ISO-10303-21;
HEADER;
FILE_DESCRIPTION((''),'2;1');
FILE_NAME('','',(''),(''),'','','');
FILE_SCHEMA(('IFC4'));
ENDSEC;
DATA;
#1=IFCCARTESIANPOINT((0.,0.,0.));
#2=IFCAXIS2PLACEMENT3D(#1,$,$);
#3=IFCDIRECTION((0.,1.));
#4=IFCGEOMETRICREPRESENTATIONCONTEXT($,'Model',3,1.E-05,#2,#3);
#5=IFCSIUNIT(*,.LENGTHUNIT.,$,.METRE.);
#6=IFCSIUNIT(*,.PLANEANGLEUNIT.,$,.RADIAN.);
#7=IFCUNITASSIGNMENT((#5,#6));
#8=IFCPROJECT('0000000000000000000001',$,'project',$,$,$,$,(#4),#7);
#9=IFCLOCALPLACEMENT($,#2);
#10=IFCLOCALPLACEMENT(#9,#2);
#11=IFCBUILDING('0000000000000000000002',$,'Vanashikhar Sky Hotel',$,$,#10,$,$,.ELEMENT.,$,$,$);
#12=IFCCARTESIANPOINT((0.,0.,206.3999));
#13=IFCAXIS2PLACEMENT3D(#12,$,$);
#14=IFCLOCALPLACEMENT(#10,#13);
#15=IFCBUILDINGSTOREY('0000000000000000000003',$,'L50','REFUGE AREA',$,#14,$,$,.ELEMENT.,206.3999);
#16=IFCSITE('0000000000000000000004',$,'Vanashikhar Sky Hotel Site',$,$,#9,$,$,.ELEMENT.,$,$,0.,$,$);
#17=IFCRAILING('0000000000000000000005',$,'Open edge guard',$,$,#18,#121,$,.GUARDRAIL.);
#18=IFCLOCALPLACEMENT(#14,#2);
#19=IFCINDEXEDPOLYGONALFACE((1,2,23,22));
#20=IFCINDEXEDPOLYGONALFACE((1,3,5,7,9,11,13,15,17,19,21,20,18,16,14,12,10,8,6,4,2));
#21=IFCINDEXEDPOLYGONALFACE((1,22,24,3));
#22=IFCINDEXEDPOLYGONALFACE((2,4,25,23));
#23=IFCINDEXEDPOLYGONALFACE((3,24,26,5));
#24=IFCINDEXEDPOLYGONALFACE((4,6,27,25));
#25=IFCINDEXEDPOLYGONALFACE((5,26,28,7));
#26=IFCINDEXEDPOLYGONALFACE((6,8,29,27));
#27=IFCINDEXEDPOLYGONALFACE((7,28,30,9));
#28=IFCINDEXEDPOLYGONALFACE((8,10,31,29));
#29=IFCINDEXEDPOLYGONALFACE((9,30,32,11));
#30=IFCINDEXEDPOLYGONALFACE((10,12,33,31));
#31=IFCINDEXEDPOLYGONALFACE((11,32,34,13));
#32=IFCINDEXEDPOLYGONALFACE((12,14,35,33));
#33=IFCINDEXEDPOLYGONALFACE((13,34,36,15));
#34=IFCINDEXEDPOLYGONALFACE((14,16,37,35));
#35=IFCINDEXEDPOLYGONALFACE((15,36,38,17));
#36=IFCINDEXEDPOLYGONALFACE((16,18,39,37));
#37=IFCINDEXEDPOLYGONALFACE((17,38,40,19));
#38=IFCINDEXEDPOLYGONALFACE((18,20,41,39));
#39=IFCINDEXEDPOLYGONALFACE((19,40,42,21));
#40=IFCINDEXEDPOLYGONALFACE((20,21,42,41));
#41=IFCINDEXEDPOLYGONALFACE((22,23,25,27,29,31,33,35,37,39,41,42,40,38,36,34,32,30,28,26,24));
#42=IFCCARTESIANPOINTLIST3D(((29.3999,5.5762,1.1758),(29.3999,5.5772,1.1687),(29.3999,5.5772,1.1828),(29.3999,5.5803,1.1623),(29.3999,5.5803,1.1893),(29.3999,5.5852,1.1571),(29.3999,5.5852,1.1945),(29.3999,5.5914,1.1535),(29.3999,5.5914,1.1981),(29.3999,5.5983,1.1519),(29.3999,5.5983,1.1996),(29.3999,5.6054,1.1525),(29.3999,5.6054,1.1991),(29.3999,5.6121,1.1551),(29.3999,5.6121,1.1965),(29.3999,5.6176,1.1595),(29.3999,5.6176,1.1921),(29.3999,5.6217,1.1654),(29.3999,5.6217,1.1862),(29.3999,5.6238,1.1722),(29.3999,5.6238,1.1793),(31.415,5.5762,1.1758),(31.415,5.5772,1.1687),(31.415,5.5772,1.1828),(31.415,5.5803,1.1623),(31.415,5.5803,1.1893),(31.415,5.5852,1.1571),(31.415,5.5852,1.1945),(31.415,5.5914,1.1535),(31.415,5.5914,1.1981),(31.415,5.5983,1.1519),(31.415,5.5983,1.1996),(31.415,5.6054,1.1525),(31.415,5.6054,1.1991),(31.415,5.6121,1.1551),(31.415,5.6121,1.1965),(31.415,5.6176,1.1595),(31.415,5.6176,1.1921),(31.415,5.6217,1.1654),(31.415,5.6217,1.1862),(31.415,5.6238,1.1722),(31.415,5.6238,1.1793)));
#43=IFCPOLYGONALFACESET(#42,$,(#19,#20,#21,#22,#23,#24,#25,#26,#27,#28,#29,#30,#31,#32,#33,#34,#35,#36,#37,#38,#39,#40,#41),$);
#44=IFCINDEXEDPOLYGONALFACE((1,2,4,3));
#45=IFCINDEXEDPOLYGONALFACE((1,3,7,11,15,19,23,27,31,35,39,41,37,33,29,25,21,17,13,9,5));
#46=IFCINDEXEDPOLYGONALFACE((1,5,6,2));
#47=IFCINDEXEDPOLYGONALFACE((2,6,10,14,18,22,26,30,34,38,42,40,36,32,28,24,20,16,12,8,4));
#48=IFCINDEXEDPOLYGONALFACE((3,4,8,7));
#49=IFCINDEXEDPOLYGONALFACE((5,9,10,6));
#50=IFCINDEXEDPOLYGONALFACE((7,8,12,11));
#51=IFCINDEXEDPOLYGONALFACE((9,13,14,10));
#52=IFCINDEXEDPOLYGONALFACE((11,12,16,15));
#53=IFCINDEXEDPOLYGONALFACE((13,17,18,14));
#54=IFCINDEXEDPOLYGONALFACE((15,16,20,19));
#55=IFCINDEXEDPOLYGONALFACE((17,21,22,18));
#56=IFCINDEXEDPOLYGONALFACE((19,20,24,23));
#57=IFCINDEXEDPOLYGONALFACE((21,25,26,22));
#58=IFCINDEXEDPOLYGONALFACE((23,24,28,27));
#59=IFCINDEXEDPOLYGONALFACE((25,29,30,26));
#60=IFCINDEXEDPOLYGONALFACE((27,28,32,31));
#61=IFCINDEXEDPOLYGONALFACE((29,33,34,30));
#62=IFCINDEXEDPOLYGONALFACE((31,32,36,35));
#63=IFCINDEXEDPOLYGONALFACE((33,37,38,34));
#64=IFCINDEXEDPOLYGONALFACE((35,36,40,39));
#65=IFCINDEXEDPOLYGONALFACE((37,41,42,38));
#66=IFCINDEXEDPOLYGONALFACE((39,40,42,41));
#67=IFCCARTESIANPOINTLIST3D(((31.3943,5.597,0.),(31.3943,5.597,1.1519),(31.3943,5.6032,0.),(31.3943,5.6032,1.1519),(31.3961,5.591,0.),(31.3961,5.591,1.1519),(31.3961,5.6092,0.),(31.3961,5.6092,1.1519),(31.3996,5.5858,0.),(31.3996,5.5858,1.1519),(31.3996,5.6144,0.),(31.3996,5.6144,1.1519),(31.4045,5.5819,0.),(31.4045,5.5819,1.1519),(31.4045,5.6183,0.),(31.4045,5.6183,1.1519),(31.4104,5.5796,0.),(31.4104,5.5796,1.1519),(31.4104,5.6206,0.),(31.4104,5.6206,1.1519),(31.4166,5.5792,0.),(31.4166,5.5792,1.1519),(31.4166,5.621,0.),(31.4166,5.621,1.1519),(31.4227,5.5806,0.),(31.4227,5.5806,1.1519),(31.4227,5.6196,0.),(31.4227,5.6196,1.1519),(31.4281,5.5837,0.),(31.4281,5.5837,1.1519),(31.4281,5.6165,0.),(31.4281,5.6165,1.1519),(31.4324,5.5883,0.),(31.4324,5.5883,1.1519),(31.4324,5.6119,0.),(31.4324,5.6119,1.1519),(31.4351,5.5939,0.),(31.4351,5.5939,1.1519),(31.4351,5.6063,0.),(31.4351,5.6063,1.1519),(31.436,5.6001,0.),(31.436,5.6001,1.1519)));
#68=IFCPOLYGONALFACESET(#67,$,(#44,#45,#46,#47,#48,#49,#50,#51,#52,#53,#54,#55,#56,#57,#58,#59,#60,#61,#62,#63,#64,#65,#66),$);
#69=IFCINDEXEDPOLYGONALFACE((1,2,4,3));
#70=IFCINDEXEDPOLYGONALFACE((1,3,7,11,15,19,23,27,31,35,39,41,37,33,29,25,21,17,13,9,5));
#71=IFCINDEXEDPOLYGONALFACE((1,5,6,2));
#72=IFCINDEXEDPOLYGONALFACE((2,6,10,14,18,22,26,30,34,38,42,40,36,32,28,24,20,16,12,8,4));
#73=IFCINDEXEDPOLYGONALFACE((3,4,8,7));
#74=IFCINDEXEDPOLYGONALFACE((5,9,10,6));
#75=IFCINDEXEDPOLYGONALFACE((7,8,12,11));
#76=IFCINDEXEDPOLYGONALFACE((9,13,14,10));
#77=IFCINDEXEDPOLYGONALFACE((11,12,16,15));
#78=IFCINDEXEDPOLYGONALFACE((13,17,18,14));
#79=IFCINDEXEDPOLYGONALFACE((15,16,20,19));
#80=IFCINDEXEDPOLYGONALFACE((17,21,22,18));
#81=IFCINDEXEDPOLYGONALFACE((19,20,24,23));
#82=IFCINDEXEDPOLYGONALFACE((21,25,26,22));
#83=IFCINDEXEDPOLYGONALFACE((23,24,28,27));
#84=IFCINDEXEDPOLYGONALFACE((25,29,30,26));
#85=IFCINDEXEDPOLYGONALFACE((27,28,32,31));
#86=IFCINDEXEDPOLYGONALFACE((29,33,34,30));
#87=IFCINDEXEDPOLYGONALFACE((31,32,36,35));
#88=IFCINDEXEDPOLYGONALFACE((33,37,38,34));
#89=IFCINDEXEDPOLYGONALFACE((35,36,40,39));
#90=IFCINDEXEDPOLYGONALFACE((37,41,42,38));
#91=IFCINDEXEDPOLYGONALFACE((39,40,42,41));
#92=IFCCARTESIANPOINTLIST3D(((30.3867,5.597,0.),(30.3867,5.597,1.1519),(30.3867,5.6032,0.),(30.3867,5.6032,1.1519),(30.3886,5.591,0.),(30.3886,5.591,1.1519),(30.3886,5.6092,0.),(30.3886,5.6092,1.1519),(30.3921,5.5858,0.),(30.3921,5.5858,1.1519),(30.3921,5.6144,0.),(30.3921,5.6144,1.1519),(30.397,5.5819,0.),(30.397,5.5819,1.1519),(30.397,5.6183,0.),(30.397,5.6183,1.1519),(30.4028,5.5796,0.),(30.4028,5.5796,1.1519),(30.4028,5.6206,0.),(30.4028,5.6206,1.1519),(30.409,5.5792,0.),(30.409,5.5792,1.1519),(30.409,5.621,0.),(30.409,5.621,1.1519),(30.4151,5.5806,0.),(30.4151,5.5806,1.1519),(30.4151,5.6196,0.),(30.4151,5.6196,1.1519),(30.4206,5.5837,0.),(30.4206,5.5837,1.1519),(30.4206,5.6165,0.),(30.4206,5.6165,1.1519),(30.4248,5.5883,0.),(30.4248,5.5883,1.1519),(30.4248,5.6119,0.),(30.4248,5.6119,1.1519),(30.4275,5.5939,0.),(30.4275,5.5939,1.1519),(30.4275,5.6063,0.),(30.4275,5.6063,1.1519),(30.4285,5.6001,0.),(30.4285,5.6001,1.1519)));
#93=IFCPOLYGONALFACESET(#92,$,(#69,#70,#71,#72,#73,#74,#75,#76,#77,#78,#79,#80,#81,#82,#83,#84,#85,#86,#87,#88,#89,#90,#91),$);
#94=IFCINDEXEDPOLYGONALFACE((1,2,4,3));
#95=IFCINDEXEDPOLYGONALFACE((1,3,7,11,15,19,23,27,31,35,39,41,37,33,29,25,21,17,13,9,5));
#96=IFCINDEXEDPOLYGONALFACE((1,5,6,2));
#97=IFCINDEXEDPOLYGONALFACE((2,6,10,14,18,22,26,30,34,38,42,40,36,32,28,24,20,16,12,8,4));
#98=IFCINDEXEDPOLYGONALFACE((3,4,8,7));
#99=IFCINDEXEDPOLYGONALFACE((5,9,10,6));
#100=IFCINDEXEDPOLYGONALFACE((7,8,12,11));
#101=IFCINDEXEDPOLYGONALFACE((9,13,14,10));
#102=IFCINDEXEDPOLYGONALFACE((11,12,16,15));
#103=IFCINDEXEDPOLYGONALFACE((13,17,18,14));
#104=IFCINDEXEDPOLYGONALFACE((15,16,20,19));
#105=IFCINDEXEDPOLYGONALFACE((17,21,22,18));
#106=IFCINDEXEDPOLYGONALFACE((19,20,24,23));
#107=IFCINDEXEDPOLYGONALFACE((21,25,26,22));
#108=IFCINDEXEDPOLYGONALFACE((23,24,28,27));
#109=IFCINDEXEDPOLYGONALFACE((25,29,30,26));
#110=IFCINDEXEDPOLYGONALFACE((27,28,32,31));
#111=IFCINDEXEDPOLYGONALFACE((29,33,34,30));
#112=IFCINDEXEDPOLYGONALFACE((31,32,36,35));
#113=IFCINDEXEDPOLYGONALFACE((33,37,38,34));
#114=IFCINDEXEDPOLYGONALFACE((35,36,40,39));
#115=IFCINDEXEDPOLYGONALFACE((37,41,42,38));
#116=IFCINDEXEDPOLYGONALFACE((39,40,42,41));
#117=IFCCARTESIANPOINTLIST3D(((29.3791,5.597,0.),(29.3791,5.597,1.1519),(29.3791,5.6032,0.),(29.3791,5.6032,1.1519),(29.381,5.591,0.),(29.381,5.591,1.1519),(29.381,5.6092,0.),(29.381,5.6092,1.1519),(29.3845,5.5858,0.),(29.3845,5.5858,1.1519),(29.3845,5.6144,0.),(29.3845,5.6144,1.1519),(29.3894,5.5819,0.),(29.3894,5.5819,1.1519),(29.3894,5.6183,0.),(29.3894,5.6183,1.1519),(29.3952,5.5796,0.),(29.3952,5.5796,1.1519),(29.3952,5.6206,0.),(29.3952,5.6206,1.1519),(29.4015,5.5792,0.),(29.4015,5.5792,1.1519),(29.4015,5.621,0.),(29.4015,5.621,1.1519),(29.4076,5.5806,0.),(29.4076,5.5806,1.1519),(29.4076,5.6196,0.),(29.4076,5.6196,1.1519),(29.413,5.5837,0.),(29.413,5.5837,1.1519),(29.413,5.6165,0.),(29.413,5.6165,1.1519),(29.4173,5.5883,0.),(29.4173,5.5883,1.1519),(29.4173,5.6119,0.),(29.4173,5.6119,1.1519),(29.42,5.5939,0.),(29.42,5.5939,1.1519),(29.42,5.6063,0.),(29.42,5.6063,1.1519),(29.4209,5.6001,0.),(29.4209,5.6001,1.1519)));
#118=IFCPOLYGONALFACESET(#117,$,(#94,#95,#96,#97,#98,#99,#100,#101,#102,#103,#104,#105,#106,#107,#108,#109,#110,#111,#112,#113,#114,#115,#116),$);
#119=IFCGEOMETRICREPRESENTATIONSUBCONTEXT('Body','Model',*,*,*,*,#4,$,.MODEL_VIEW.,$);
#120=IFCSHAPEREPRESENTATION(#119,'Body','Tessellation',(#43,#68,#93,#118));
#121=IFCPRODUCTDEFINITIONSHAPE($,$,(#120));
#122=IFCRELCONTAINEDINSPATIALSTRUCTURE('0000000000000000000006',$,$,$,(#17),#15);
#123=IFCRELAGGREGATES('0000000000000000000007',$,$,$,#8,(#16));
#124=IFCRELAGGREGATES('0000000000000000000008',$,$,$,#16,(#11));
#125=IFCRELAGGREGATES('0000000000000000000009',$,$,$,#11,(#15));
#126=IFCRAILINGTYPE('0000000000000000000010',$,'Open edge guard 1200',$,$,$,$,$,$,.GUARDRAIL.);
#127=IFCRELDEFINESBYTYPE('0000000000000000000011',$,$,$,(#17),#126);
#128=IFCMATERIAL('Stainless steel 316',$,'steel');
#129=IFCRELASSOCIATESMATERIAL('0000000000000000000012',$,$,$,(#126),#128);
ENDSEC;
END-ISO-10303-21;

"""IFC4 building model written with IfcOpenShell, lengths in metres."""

from ifc_helpers import new_model, si_unit, direction, frame, origin, origin_2d, place, context, subcontext, project, spatial, circle, extrude, source, transform, mapped, material, type_object, element, save


model = new_model("IFC4")

# Units and contexts
model_context = context("Model", 3, precision=1e-05, world=origin(), true_north=direction((0.0, 1.0)))
body_context = subcontext(model_context, "Body", "Model", "MODEL_VIEW")
ifc_project = project(units=[si_unit("LENGTHUNIT", "METRE"), si_unit("PLANEANGLEUNIT", "RADIAN")], contexts=[model_context])

# Site, building, storey
site_placement = place(None, origin())
site = spatial("IfcSite", under=ifc_project, at=site_placement, Name="Vanashikhar Sky Hotel Site", CompositionType="ELEMENT", RefElevation=0.0)
building_placement = place(site_placement, origin())
building = spatial("IfcBuilding", under=site, at=building_placement, Name="Vanashikhar Sky Hotel", CompositionType="ELEMENT")
storey_placement = place(building_placement, frame((0.0, 0.0, 206.3999)))
storey = spatial("IfcBuildingStorey", under=building, at=storey_placement, Name="L50", Description="REFUGE AREA", CompositionType="ELEMENT", Elevation=206.3999)

# Railing
ifc_material_1 = material(Name="Stainless steel 316", Category="steel")
railing_type = type_object("IfcRailingType", Name="Open edge guard 1200", PredefinedType="GUARDRAIL", material=ifc_material_1)
shared_shape_1 = source(origin(), body_context, "Body", "SweptSolid", [
    extrude(circle(Radius=0.0239, at=origin_2d()), frame((0.0, 0.0, 1.1758), z_axis=(-1.0, 0.0, 0.0), x_axis=(0.0, -1.0, 0.0)), (0.0, 0.0, 1.0), 2.0151),
    extrude(circle(Radius=0.021, at=origin_2d()), origin(), (0.0, 0.0, 1.0), 1.1519),
    extrude(circle(Radius=0.021, at=origin_2d()), frame((-1.0076, 0.0, 0.0)), (0.0, 0.0, 1.0), 1.1519),
    extrude(circle(Radius=0.021, at=origin_2d()), frame((-2.0151, 0.0, 0.0)), (0.0, 0.0, 1.0), 1.1519),
])
railing_1_placement = place(storey_placement, frame((31.415, 5.6001, 0.0)))
element("IfcRailing", 1, at=railing_1_placement, inside=storey, type_object=railing_type, Name="Open edge guard", PredefinedType="GUARDRAIL", context=body_context, shape_type="MappedRepresentation", body=[
    mapped(shared_shape_1, transform((0.0, 0.0, 0.0), scale=1.0)),
])

save(model, "model.ifc")
